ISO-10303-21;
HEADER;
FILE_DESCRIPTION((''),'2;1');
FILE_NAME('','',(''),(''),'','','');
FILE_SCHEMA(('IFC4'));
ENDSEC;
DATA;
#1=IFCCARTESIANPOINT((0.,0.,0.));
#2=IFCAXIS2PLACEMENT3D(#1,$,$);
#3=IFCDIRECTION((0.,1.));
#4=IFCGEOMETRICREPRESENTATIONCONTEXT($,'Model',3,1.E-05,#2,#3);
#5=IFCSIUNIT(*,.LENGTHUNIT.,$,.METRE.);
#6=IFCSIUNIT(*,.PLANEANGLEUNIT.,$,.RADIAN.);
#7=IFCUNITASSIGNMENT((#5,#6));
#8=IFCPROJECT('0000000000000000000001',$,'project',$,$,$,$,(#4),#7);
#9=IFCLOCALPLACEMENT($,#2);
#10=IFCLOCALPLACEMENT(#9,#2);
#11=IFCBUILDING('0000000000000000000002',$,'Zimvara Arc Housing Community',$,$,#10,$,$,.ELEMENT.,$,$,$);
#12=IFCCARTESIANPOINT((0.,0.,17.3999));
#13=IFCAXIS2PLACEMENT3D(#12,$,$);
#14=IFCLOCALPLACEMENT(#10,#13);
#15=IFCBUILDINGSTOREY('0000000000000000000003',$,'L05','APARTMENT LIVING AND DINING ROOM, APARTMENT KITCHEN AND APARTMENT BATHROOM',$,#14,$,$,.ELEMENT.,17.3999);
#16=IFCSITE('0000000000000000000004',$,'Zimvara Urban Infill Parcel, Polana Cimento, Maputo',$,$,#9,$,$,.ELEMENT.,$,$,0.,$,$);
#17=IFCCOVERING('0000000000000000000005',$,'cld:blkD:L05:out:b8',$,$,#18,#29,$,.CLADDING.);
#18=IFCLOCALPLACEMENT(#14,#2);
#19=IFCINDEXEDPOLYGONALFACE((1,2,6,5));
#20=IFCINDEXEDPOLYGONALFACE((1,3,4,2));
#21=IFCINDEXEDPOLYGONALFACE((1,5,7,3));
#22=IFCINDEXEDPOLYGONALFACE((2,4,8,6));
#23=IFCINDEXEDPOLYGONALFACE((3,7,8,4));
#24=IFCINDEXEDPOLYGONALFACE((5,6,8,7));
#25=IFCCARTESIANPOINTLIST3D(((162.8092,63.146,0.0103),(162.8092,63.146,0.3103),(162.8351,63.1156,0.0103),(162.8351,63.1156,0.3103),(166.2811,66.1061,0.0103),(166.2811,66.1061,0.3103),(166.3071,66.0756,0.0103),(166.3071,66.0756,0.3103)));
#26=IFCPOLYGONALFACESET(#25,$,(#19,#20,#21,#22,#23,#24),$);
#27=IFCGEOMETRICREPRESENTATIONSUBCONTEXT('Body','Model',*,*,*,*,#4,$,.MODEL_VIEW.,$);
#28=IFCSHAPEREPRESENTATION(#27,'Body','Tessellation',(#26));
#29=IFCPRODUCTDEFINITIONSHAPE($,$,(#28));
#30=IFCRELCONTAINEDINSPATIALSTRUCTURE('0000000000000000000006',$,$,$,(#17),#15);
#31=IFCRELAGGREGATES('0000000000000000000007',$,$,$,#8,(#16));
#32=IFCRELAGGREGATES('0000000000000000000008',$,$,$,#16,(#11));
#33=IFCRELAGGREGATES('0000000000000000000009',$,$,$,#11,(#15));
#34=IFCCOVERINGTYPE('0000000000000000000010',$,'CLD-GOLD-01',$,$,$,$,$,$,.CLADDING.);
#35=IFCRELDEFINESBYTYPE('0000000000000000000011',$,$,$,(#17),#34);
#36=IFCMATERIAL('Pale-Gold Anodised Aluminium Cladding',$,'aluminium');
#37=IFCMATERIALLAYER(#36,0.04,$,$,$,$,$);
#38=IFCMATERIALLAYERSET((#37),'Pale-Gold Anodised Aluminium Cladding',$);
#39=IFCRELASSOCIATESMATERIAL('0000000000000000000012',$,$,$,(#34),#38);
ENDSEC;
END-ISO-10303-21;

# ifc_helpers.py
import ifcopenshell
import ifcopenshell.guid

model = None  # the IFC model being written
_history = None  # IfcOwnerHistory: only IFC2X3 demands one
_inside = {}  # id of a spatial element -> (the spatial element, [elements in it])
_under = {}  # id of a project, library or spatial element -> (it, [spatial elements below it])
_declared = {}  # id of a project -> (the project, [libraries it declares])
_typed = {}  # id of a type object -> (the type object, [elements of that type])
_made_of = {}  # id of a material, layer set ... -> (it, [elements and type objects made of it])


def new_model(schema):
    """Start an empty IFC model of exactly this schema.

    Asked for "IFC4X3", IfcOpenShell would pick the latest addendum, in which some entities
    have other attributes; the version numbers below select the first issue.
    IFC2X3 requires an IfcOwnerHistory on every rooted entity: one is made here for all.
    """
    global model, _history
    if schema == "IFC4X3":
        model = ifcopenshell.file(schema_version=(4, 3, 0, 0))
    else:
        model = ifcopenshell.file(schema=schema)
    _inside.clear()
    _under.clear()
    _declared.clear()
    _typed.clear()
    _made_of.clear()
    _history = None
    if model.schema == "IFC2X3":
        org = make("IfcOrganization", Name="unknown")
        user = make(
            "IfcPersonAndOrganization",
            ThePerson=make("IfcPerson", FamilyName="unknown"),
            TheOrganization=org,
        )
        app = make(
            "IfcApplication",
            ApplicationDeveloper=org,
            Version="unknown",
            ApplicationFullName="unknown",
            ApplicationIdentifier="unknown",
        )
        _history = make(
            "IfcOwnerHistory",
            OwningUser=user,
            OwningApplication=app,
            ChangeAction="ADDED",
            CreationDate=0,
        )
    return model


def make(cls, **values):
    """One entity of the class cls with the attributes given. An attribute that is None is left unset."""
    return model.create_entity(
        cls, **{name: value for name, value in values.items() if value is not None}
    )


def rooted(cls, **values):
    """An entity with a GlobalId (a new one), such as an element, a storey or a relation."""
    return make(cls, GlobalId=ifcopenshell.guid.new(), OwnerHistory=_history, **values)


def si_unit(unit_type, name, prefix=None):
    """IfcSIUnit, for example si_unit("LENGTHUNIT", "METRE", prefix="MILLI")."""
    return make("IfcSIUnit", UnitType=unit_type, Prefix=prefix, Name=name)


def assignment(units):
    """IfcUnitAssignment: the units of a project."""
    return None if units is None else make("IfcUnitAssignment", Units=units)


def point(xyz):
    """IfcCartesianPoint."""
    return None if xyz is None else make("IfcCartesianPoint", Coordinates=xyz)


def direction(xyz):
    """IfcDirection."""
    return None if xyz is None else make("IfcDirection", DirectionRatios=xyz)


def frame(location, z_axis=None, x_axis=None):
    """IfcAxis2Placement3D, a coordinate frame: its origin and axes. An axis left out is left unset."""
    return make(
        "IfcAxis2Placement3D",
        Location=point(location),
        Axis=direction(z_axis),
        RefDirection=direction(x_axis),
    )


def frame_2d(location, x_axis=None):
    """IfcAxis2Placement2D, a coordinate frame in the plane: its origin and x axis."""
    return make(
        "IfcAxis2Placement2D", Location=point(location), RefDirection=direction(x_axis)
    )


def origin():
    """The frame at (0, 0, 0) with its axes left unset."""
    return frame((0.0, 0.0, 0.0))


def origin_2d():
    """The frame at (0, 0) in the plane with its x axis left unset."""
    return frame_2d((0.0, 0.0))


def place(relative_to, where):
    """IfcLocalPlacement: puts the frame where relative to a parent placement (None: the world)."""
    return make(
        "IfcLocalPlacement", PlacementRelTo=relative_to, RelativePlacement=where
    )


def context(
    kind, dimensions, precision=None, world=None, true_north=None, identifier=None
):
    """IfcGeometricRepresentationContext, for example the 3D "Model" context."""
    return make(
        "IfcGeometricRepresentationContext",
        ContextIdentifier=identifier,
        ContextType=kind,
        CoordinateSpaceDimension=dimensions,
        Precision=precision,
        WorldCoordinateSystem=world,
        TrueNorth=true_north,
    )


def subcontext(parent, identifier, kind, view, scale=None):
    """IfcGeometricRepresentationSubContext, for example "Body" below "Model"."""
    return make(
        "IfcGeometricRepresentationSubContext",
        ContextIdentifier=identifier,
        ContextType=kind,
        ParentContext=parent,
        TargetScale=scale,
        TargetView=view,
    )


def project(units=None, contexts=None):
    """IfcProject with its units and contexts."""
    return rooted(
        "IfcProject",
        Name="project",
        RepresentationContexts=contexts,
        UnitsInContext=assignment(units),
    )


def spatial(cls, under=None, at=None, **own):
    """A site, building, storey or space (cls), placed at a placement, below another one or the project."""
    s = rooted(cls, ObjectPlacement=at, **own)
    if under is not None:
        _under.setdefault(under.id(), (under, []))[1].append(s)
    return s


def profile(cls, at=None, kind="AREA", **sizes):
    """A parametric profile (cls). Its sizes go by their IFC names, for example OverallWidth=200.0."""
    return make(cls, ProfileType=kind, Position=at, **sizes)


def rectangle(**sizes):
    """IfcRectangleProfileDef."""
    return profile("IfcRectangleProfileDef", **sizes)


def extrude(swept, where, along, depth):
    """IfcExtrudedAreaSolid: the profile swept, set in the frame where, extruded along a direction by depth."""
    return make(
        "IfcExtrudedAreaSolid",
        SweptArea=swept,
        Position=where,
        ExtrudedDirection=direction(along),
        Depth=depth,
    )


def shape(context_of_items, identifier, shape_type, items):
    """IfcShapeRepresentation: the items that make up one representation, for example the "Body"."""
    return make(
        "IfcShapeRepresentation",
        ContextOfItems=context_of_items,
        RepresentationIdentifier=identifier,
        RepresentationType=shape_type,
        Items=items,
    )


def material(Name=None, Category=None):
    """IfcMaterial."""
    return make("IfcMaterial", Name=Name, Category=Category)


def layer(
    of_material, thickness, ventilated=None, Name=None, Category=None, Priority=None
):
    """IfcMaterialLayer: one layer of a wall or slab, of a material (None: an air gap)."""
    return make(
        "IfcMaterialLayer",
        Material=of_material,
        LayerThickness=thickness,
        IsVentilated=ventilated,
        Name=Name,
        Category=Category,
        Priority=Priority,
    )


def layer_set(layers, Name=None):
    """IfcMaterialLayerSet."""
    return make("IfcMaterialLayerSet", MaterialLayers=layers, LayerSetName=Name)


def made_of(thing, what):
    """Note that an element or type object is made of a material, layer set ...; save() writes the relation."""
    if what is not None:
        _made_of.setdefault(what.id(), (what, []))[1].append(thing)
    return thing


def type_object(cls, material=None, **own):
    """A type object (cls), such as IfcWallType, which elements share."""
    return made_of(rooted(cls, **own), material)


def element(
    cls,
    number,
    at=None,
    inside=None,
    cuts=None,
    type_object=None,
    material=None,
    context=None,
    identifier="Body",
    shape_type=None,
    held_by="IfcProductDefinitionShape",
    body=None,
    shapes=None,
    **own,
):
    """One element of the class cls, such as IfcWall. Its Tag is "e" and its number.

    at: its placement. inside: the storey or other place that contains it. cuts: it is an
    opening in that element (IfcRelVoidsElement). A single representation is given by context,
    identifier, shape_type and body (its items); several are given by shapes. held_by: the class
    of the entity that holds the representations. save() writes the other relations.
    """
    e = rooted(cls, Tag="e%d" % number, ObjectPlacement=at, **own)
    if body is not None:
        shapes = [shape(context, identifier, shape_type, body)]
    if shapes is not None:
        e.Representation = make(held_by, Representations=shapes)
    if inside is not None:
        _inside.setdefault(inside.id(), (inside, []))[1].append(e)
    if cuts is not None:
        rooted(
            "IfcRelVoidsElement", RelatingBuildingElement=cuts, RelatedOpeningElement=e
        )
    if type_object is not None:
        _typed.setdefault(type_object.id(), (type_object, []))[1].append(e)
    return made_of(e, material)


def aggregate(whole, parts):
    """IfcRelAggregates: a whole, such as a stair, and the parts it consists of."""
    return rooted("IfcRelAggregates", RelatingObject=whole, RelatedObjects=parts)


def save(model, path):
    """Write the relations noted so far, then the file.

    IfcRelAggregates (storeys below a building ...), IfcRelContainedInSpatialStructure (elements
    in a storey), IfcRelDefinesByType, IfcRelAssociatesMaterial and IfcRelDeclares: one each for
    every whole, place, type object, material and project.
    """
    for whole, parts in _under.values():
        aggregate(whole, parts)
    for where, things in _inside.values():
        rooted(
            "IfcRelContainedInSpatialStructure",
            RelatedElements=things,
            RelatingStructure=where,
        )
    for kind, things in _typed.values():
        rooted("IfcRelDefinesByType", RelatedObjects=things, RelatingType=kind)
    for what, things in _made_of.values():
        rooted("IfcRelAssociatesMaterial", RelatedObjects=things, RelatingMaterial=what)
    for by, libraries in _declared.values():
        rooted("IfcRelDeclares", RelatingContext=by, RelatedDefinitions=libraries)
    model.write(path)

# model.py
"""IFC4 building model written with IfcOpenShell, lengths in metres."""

from ifc_helpers import new_model, si_unit, direction, frame, origin, origin_2d, place, context, subcontext, project, spatial, rectangle, extrude, material, layer, layer_set, type_object, element, save


model = new_model("IFC4")

# Units and contexts
model_context = context("Model", 3, precision=1e-05, world=origin(), true_north=direction((0.0, 1.0)))
body_context = subcontext(model_context, "Body", "Model", "MODEL_VIEW")
ifc_project = project(units=[si_unit("LENGTHUNIT", "METRE"), si_unit("PLANEANGLEUNIT", "RADIAN")], contexts=[model_context])

# Site, building, storey
site_placement = place(None, origin())
site = spatial("IfcSite", under=ifc_project, at=site_placement, Name="Zimvara Urban Infill Parcel, Polana Cimento, Maputo", CompositionType="ELEMENT", RefElevation=0.0)
building_placement = place(site_placement, origin())
building = spatial("IfcBuilding", under=site, at=building_placement, Name="Zimvara Arc Housing Community", CompositionType="ELEMENT")
storey_placement = place(building_placement, frame((0.0, 0.0, 17.3999)))
storey = spatial("IfcBuildingStorey", under=building, at=storey_placement, Name="L05", Description="APARTMENT LIVING AND DINING ROOM, APARTMENT KITCHEN AND APARTMENT BATHROOM", CompositionType="ELEMENT", Elevation=17.3999)

# Covering
ifc_material_1 = material(Name="Pale-Gold Anodised Aluminium Cladding", Category="aluminium")
ifc_layer_1 = layer(ifc_material_1, 0.04)
ifc_layer_set_1 = layer_set([ifc_layer_1], Name="Pale-Gold Anodised Aluminium Cladding")
covering_type = type_object("IfcCoveringType", Name="CLD-GOLD-01", PredefinedType="CLADDING", material=ifc_layer_set_1)
covering_placement = place(storey_placement, frame((164.5581, 64.6108, 0.0103), z_axis=(0.0, 0.0, 1.0), x_axis=(0.760971, 0.648786, 0.0)))
element("IfcCovering", 1, at=covering_placement, inside=storey, type_object=covering_type, Name="cld:blkD:L05:out:b8", PredefinedType="CLADDING", context=body_context, shape_type="SweptSolid", body=[
    extrude(rectangle(XDim=4.5625, YDim=0.04, at=origin_2d()), origin(), (0.0, 0.0, 1.0), 0.3),
])

save(model, "model.ifc")
